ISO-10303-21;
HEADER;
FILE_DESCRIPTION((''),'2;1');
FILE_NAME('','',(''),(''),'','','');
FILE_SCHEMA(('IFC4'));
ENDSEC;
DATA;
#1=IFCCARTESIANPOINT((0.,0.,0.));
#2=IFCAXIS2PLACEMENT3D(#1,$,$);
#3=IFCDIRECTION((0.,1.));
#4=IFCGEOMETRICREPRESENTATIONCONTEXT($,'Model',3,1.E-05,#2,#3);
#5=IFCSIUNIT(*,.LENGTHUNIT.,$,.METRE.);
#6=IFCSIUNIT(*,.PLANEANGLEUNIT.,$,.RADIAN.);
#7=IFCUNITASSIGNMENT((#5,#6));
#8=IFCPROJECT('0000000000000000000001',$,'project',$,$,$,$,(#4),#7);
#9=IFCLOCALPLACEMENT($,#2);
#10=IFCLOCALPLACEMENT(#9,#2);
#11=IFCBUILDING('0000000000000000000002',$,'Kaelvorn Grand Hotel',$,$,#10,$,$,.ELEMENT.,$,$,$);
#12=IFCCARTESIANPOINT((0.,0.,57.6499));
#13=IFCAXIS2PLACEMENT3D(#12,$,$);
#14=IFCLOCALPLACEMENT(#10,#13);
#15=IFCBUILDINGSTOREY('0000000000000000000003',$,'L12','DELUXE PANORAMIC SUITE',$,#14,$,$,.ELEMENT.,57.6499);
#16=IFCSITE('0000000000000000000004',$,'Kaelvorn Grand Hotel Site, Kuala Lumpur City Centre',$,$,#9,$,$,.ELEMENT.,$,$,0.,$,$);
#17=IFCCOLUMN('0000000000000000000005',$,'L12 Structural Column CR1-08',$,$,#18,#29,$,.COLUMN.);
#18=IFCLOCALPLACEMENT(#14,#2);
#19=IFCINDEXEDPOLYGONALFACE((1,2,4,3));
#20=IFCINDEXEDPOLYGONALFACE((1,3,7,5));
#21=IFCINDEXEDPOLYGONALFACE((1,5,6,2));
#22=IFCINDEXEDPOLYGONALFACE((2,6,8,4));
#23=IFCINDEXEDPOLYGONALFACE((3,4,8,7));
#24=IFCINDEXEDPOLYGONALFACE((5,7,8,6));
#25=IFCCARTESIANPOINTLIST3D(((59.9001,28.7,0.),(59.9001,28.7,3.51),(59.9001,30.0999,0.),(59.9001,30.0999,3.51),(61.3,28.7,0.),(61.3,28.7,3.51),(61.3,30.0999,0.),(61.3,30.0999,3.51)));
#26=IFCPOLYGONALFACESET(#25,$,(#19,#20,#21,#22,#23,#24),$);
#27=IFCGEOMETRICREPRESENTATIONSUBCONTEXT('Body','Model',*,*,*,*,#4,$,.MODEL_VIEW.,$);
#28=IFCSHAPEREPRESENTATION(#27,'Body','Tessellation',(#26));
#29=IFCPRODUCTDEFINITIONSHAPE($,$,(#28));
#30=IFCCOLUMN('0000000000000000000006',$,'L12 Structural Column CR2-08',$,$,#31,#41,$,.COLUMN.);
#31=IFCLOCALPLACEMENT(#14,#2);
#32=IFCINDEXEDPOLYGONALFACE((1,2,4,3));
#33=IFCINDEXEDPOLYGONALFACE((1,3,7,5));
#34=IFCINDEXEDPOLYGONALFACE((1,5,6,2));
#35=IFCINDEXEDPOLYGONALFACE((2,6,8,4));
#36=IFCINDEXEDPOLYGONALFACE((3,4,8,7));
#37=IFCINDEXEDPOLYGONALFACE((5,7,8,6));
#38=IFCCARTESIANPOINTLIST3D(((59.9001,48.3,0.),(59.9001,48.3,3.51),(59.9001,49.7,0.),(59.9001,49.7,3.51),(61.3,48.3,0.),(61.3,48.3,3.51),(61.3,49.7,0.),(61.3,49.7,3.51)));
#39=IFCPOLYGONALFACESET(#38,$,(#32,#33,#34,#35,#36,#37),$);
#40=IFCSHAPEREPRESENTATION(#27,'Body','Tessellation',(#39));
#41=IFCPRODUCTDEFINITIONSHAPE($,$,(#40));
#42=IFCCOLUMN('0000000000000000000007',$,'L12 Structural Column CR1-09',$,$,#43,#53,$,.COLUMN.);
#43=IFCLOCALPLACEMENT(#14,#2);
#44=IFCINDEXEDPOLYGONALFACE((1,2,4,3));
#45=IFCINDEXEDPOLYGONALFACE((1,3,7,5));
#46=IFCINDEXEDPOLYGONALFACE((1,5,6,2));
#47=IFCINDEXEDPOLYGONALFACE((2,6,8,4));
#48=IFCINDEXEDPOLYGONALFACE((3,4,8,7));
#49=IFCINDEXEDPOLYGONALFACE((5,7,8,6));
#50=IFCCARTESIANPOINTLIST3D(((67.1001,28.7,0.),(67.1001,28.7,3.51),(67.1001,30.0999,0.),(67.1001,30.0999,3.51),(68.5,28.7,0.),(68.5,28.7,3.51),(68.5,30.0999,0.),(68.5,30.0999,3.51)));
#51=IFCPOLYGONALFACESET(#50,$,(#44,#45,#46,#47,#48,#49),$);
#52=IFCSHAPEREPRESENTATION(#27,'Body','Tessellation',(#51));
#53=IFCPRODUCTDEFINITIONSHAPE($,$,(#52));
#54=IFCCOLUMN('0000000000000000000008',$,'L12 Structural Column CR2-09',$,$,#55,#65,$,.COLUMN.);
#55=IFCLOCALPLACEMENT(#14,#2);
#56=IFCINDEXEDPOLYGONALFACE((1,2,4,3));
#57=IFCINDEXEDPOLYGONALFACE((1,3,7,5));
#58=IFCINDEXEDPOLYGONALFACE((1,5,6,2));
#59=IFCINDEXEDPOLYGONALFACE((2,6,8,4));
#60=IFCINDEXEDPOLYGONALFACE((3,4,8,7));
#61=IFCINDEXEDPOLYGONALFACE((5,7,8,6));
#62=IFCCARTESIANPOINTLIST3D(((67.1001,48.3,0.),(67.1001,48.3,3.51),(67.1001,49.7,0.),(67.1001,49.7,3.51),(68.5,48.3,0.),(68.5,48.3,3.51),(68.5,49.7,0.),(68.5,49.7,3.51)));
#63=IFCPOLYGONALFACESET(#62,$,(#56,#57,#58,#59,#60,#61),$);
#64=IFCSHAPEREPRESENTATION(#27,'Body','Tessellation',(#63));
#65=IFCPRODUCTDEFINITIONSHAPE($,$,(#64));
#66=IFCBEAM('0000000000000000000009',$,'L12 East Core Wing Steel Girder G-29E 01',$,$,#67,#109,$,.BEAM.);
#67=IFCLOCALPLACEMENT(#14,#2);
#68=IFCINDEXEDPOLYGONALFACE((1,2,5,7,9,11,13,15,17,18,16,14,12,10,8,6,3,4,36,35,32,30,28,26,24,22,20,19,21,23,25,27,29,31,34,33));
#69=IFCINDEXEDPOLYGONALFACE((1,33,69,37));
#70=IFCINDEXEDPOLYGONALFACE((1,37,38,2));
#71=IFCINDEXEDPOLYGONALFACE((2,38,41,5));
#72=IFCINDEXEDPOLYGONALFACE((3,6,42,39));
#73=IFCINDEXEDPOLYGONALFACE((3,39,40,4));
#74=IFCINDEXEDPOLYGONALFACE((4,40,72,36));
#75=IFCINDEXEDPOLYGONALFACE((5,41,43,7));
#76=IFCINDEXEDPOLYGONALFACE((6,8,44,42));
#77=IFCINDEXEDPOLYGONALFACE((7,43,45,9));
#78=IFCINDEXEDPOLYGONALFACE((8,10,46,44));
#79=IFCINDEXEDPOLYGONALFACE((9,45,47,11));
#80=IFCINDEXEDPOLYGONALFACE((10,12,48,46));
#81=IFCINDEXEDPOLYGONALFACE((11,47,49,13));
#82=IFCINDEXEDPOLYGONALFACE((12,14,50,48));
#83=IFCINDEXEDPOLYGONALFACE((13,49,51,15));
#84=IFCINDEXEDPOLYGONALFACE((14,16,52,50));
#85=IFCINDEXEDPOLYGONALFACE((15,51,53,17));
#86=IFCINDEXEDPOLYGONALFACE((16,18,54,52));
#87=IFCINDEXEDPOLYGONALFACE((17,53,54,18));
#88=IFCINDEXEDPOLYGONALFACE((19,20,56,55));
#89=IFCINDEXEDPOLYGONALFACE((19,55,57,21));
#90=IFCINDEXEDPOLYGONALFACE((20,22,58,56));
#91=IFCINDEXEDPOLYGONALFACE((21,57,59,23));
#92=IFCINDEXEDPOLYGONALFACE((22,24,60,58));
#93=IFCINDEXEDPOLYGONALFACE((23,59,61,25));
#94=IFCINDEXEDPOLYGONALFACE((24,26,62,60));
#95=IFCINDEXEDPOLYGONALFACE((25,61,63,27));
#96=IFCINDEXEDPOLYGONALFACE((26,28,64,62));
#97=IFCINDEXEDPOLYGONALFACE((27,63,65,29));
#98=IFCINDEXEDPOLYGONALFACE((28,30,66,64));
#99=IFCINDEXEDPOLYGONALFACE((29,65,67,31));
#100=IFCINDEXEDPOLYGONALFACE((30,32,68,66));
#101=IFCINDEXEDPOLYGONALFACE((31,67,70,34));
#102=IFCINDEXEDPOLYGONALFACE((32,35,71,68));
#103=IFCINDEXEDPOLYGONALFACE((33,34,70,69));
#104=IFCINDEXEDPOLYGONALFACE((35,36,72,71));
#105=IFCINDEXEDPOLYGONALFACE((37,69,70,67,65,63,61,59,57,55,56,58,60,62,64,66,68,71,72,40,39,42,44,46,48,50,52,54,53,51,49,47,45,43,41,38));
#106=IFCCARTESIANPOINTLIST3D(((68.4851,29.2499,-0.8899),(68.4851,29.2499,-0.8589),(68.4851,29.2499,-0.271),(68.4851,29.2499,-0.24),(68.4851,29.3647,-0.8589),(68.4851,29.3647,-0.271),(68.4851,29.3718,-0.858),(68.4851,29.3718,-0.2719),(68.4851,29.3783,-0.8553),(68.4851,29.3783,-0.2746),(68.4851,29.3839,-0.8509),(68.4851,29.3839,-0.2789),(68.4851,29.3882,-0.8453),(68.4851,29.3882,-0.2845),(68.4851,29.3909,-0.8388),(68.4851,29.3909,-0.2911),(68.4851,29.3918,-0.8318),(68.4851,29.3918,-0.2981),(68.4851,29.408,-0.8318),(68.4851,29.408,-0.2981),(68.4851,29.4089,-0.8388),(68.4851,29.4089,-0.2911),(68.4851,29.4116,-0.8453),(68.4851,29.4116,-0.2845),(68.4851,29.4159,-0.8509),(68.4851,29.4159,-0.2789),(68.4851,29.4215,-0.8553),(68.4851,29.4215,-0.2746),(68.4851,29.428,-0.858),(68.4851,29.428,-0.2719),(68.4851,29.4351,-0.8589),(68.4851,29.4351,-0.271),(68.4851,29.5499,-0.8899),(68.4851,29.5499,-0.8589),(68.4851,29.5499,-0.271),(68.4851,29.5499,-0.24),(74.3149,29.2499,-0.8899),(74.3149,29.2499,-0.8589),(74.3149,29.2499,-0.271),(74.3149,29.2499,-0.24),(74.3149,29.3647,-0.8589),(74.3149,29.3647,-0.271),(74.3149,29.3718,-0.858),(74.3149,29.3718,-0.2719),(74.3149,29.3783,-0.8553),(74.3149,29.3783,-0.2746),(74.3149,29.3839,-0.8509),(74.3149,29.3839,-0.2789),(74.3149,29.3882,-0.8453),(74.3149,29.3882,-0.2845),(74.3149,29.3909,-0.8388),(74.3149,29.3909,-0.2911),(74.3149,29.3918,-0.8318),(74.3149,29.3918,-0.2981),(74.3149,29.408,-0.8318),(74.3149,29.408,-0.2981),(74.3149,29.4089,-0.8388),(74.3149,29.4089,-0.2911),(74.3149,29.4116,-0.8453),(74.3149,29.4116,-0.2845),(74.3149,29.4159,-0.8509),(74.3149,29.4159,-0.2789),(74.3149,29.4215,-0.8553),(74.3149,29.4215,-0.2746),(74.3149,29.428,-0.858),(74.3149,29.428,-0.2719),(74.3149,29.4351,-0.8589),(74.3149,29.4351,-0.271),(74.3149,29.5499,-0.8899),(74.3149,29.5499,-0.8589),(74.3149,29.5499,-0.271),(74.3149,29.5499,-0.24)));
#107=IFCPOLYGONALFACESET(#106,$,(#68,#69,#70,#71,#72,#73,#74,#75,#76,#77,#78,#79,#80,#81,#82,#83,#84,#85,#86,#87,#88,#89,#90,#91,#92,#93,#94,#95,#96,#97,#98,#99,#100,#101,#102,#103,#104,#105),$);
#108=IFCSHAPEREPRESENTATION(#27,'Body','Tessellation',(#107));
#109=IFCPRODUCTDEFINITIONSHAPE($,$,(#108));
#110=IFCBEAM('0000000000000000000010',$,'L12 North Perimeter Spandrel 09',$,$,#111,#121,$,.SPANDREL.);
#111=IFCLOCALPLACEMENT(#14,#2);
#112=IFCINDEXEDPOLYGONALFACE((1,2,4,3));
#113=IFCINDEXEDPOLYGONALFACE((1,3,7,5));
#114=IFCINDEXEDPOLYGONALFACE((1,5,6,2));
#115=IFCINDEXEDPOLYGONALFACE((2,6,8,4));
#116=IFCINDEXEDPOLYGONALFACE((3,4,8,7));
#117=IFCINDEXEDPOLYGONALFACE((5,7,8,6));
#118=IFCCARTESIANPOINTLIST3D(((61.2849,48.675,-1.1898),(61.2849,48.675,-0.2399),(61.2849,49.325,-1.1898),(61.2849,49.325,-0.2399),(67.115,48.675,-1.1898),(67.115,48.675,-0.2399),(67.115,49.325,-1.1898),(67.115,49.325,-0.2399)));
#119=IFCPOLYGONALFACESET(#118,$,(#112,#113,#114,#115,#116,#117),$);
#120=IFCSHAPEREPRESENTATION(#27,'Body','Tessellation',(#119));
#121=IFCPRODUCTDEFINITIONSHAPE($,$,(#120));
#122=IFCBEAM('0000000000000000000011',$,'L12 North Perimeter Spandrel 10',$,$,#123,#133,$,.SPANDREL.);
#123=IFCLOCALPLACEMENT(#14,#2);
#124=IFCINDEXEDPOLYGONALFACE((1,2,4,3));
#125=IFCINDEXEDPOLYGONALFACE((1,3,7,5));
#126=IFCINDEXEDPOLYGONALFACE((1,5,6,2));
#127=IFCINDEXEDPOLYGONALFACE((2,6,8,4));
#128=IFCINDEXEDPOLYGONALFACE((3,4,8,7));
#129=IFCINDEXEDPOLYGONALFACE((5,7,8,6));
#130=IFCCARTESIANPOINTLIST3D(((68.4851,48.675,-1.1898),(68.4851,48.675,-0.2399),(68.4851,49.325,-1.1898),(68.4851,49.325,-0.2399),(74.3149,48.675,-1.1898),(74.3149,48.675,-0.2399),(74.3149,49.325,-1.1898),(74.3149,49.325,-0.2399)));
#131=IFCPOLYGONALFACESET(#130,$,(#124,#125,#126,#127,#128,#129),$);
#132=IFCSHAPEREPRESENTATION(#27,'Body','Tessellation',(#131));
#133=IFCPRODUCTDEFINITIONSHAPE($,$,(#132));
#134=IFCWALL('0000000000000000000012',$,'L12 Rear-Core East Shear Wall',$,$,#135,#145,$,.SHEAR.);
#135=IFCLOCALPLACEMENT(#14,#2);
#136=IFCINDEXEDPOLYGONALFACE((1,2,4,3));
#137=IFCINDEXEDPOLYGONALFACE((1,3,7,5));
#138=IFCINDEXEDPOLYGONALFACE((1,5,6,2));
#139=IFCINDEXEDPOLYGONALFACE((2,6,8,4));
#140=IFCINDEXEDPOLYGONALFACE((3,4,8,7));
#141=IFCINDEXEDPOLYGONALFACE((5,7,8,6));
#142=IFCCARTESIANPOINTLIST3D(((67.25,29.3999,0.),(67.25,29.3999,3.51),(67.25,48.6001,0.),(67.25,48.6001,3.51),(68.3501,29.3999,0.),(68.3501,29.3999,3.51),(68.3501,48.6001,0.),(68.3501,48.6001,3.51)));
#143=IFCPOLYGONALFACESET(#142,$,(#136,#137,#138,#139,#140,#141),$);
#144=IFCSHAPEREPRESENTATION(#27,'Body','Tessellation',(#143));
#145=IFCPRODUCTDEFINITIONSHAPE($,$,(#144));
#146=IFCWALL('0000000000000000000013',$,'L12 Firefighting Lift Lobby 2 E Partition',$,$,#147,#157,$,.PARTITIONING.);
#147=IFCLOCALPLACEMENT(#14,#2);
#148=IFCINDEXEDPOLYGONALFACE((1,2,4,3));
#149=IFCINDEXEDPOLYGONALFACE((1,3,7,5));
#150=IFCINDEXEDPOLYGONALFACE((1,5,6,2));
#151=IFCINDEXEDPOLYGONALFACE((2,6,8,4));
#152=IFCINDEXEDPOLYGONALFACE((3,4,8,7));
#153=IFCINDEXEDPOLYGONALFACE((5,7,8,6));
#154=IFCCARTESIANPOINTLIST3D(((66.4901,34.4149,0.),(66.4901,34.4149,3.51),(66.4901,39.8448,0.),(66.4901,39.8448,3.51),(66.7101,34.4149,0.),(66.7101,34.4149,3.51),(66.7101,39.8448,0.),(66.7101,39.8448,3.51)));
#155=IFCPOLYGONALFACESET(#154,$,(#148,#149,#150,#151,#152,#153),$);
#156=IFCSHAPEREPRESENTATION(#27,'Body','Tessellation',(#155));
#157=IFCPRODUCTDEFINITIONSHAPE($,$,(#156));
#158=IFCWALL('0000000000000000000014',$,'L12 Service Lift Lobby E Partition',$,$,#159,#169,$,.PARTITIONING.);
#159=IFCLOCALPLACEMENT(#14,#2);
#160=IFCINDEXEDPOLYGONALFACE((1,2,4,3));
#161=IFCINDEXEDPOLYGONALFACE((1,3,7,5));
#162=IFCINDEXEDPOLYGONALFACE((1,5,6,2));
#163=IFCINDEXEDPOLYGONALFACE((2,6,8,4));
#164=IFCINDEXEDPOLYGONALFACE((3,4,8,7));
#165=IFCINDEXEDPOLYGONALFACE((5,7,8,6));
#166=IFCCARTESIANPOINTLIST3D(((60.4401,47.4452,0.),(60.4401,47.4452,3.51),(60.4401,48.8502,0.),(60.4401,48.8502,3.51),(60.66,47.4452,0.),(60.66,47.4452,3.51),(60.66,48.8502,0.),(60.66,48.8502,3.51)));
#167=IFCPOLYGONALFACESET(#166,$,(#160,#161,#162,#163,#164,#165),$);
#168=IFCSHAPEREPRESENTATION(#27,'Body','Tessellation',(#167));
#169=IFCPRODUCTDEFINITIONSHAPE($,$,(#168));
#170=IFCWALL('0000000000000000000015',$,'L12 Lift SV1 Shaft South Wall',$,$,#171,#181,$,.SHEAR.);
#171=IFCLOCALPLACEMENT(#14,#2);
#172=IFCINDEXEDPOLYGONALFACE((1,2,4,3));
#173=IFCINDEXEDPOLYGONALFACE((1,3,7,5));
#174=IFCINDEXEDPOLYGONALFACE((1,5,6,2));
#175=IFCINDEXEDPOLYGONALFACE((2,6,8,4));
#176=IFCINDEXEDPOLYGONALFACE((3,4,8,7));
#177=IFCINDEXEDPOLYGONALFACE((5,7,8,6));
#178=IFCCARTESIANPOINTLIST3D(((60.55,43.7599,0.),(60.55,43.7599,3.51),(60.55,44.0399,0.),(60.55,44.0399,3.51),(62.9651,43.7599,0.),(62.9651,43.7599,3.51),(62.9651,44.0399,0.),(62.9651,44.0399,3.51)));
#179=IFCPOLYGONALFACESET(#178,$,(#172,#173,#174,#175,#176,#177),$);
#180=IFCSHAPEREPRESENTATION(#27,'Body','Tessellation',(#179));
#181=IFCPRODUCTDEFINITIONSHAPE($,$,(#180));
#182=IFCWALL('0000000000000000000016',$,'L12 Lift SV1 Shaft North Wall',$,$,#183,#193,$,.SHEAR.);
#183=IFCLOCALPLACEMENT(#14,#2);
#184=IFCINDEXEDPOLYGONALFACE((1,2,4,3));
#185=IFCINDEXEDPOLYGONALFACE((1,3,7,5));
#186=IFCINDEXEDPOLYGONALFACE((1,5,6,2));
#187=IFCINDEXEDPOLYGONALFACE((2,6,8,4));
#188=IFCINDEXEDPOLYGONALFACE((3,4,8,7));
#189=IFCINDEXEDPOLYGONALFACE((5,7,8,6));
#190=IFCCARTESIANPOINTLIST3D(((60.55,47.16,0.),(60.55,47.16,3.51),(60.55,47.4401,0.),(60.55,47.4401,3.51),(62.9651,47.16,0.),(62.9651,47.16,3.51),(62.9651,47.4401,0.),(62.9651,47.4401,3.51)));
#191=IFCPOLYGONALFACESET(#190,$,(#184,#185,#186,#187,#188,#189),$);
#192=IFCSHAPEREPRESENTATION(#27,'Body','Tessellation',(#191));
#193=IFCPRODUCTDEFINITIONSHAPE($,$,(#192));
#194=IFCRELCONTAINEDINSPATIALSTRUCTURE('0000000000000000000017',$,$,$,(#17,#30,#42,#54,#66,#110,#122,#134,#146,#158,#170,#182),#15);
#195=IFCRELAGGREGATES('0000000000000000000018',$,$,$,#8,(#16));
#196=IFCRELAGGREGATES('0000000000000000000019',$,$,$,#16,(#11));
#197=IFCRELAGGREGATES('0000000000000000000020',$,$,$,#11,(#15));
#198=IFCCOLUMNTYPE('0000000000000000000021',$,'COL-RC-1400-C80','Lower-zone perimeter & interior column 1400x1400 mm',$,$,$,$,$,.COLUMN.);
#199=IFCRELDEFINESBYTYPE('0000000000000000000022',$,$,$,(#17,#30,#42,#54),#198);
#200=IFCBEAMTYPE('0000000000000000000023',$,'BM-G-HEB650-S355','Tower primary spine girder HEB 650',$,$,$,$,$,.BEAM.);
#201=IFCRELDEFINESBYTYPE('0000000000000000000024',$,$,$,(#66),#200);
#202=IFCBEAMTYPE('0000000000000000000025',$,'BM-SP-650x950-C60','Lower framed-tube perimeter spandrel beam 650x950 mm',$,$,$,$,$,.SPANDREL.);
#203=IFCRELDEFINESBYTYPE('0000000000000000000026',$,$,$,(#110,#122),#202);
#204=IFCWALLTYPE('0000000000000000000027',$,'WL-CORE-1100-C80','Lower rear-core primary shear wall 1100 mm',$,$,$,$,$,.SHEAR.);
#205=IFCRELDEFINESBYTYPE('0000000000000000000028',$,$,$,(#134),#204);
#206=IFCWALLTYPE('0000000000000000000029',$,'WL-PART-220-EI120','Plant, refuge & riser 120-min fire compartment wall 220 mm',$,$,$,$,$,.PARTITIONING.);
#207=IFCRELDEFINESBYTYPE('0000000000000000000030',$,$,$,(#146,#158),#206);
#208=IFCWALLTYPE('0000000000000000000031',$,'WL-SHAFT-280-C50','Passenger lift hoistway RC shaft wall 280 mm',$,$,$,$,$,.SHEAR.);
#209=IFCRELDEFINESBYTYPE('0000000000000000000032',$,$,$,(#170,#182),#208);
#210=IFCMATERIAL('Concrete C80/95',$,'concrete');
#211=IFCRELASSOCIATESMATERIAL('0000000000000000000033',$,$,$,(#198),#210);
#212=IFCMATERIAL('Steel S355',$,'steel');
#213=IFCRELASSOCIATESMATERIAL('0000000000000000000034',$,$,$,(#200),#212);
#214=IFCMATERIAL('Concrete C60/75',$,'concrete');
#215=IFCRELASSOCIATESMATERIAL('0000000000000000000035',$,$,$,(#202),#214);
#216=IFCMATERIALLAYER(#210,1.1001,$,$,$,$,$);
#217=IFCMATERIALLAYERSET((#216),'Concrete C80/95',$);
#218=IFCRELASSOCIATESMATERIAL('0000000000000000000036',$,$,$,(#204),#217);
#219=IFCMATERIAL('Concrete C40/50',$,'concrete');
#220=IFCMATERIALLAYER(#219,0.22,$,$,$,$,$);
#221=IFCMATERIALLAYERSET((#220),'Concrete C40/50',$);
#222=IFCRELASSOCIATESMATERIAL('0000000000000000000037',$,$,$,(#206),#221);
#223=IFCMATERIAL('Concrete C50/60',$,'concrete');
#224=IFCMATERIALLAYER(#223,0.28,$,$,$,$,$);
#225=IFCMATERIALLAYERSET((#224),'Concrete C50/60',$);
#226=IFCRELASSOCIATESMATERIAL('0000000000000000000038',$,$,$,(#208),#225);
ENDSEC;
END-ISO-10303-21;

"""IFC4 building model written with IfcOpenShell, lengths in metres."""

from ifc_helpers import new_model, si_unit, direction, frame, frame_2d, origin, origin_2d, place, context, subcontext, project, spatial, rectangle, i_section, extrude, material, layer, layer_set, material_profile, profile_set, type_object, element, save


model = new_model("IFC4")

# Units and contexts
model_context = context("Model", 3, precision=1e-05, world=origin(), true_north=direction((0.0, 1.0)))
body_context = subcontext(model_context, "Body", "Model", "MODEL_VIEW")
ifc_project = project(units=[si_unit("LENGTHUNIT", "METRE"), si_unit("PLANEANGLEUNIT", "RADIAN")], contexts=[model_context])

# Site, building, storey
site_placement = place(None, origin())
site = spatial("IfcSite", under=ifc_project, at=site_placement, Name="Kaelvorn Grand Hotel Site, Kuala Lumpur City Centre", CompositionType="ELEMENT", RefElevation=0.0)
building_placement = place(site_placement, origin())
building = spatial("IfcBuilding", under=site, at=building_placement, Name="Kaelvorn Grand Hotel", CompositionType="ELEMENT")
storey_placement = place(building_placement, frame((0.0, 0.0, 57.6499)))
storey = spatial("IfcBuildingStorey", under=building, at=storey_placement, Name="L12", Description="DELUXE PANORAMIC SUITE", CompositionType="ELEMENT", Elevation=57.6499)

# Columns
ifc_material_1 = material(Name="Concrete C80/95", Category="concrete")
ifc_material_profile_1 = material_profile(ifc_material_1, rectangle(XDim=1.3999, YDim=1.3999, at=origin_2d()), Name="RC COL 1400x1400")
ifc_profile_set_1 = profile_set([ifc_material_profile_1], Name="Concrete C80/95")
column_type = type_object("IfcColumnType", Name="COL-RC-1400-C80", Description="Lower-zone perimeter & interior column 1400x1400 mm", PredefinedType="COLUMN", material=ifc_profile_set_1)
for number, where, z_axis, x_axis, name in (
    (1, (60.6001, 29.3999, 0.0), (0.0, 0.0, 1.0), (1.0, 0.0, 0.0), "L12 Structural Column CR1-08"),
    (2, (60.6001, 49.0, 0.0), (0.0, 0.0, 1.0), (1.0, 0.0, 0.0), "L12 Structural Column CR2-08"),
    (3, (67.8, 29.3999, 0.0), (0.0, 0.0, 1.0), (1.0, 0.0, 0.0), "L12 Structural Column CR1-09"),
    (4, (67.8, 49.0, 0.0), (0.0, 0.0, 1.0), (1.0, 0.0, 0.0), "L12 Structural Column CR2-09"),
):
    element("IfcColumn", number, at=place(storey_placement, frame(where, z_axis=z_axis, x_axis=x_axis)), inside=storey, type_object=column_type, Name=name, PredefinedType="COLUMN", context=body_context, shape_type="SweptSolid", body=[
        extrude(rectangle(XDim=1.3999, YDim=1.3999, at=origin_2d()), origin(), (0.0, 0.0, 1.0), 3.51),
    ])

# Beams
ifc_material_2 = material(Name="Steel S355", Category="steel")
ifc_material_profile_2 = material_profile(ifc_material_2, i_section(OverallWidth=0.3, OverallDepth=0.6499, WebThickness=0.0161, FlangeThickness=0.031, FilletRadius=0.0271, at=origin_2d()), Name="HEB 650")
ifc_profile_set_2 = profile_set([ifc_material_profile_2], Name="Steel S355")
beam_type_1 = type_object("IfcBeamType", Name="BM-G-HEB650-S355", Description="Tower primary spine girder HEB 650", PredefinedType="BEAM", material=ifc_profile_set_2)
beam_1_placement = place(storey_placement, frame((68.4851, 29.3999, -0.5649), z_axis=(1.0, 0.0, 0.0), x_axis=(0.0, 1.0, 0.0)))
element("IfcBeam", 5, at=beam_1_placement, inside=storey, type_object=beam_type_1, Name="L12 East Core Wing Steel Girder G-29E 01", PredefinedType="BEAM", context=body_context, shape_type="SweptSolid", body=[
    extrude(i_section(OverallWidth=0.3, OverallDepth=0.6499, WebThickness=0.0161, FlangeThickness=0.031, FilletRadius=0.0271, at=origin_2d()), origin(), (0.0, 0.0, 1.0), 5.8298),
])
ifc_material_3 = material(Name="Concrete C60/75", Category="concrete")
ifc_material_profile_3 = material_profile(ifc_material_3, rectangle(XDim=0.6499, YDim=0.95, at=origin_2d()), Name="RC SPANDREL 650x950")
ifc_profile_set_3 = profile_set([ifc_material_profile_3], Name="Concrete C60/75")
beam_type_2 = type_object("IfcBeamType", Name="BM-SP-650x950-C60", Description="Lower framed-tube perimeter spandrel beam 650x950 mm", PredefinedType="SPANDREL", material=ifc_profile_set_3)
beam_2_placement = place(storey_placement, frame((61.2849, 49.0, -0.7148), z_axis=(1.0, 0.0, 0.0), x_axis=(0.0, 1.0, 0.0)))
element("IfcBeam", 6, at=beam_2_placement, inside=storey, type_object=beam_type_2, Name="L12 North Perimeter Spandrel 09", PredefinedType="SPANDREL", context=body_context, shape_type="SweptSolid", body=[
    extrude(rectangle(XDim=0.6499, YDim=0.95, at=origin_2d()), origin(), (0.0, 0.0, 1.0), 5.8301),
])
beam_3_placement = place(storey_placement, frame((68.4851, 49.0, -0.7148), z_axis=(1.0, 0.0, 0.0), x_axis=(0.0, 1.0, 0.0)))
element("IfcBeam", 7, at=beam_3_placement, inside=storey, type_object=beam_type_2, Name="L12 North Perimeter Spandrel 10", PredefinedType="SPANDREL", context=body_context, shape_type="SweptSolid", body=[
    extrude(rectangle(XDim=0.6499, YDim=0.95, at=origin_2d()), origin(), (0.0, 0.0, 1.0), 5.8298),
])

# Walls
ifc_layer_1 = layer(ifc_material_1, 1.1001)
ifc_layer_set_1 = layer_set([ifc_layer_1], Name="Concrete C80/95")
wall_type_1 = type_object("IfcWallType", Name="WL-CORE-1100-C80", Description="Lower rear-core primary shear wall 1100 mm", PredefinedType="SHEAR", material=ifc_layer_set_1)
wall_1_placement = place(storey_placement, frame((67.8, 29.3999, 0.0), z_axis=(0.0, 0.0, 1.0), x_axis=(0.0, 1.0, 0.0)))
element("IfcWall", 8, at=wall_1_placement, inside=storey, type_object=wall_type_1, Name="L12 Rear-Core East Shear Wall", PredefinedType="SHEAR", context=body_context, shape_type="SweptSolid", body=[
    extrude(rectangle(XDim=19.2002, YDim=1.1001, at=frame_2d((9.6001, 0.0))), origin(), (0.0, 0.0, 1.0), 3.51),
])
ifc_material_4 = material(Name="Concrete C40/50", Category="concrete")
ifc_layer_2 = layer(ifc_material_4, 0.22)
ifc_layer_set_2 = layer_set([ifc_layer_2], Name="Concrete C40/50")
wall_type_2 = type_object("IfcWallType", Name="WL-PART-220-EI120", Description="Plant, refuge & riser 120-min fire compartment wall 220 mm", PredefinedType="PARTITIONING", material=ifc_layer_set_2)
wall_2_placement = place(storey_placement, frame((66.6001, 34.415, 0.0), z_axis=(0.0, 0.0, 1.0), x_axis=(0.0, 1.0, 0.0)))
element("IfcWall", 9, at=wall_2_placement, inside=storey, type_object=wall_type_2, Name="L12 Firefighting Lift Lobby 2 E Partition", PredefinedType="PARTITIONING", context=body_context, shape_type="SweptSolid", body=[
    extrude(rectangle(XDim=5.4299, YDim=0.22, at=frame_2d((2.7148, 0.0))), origin(), (0.0, 0.0, 1.0), 3.51),
])
wall_3_placement = place(storey_placement, frame((60.55, 47.4451, 0.0), z_axis=(0.0, 0.0, 1.0), x_axis=(0.0, 1.0, 0.0)))
element("IfcWall", 10, at=wall_3_placement, inside=storey, type_object=wall_type_2, Name="L12 Service Lift Lobby E Partition", PredefinedType="PARTITIONING", context=body_context, shape_type="SweptSolid", body=[
    extrude(rectangle(XDim=1.405, YDim=0.22, at=frame_2d((0.7026, 0.0))), origin(), (0.0, 0.0, 1.0), 3.51),
])
ifc_material_5 = material(Name="Concrete C50/60", Category="concrete")
ifc_layer_3 = layer(ifc_material_5, 0.28)
ifc_layer_set_3 = layer_set([ifc_layer_3], Name="Concrete C50/60")
wall_type_3 = type_object("IfcWallType", Name="WL-SHAFT-280-C50", Description="Passenger lift hoistway RC shaft wall 280 mm", PredefinedType="SHEAR", material=ifc_layer_set_3)
for number, where, z_axis, x_axis, name in (
    (11, (60.55, 43.8999, 0.0), (0.0, 0.0, 1.0), (1.0, 0.0, 0.0), "L12 Lift SV1 Shaft South Wall"),
    (12, (60.55, 47.3, 0.0), (0.0, 0.0, 1.0), (1.0, 0.0, 0.0), "L12 Lift SV1 Shaft North Wall"),
):
    element("IfcWall", number, at=place(storey_placement, frame(where, z_axis=z_axis, x_axis=x_axis)), inside=storey, type_object=wall_type_3, Name=name, PredefinedType="SHEAR", context=body_context, shape_type="SweptSolid", body=[
        extrude(rectangle(XDim=2.415, YDim=0.28, at=frame_2d((1.2075, 0.0))), origin(), (0.0, 0.0, 1.0), 3.51),
    ])

save(model, "model.ifc")
